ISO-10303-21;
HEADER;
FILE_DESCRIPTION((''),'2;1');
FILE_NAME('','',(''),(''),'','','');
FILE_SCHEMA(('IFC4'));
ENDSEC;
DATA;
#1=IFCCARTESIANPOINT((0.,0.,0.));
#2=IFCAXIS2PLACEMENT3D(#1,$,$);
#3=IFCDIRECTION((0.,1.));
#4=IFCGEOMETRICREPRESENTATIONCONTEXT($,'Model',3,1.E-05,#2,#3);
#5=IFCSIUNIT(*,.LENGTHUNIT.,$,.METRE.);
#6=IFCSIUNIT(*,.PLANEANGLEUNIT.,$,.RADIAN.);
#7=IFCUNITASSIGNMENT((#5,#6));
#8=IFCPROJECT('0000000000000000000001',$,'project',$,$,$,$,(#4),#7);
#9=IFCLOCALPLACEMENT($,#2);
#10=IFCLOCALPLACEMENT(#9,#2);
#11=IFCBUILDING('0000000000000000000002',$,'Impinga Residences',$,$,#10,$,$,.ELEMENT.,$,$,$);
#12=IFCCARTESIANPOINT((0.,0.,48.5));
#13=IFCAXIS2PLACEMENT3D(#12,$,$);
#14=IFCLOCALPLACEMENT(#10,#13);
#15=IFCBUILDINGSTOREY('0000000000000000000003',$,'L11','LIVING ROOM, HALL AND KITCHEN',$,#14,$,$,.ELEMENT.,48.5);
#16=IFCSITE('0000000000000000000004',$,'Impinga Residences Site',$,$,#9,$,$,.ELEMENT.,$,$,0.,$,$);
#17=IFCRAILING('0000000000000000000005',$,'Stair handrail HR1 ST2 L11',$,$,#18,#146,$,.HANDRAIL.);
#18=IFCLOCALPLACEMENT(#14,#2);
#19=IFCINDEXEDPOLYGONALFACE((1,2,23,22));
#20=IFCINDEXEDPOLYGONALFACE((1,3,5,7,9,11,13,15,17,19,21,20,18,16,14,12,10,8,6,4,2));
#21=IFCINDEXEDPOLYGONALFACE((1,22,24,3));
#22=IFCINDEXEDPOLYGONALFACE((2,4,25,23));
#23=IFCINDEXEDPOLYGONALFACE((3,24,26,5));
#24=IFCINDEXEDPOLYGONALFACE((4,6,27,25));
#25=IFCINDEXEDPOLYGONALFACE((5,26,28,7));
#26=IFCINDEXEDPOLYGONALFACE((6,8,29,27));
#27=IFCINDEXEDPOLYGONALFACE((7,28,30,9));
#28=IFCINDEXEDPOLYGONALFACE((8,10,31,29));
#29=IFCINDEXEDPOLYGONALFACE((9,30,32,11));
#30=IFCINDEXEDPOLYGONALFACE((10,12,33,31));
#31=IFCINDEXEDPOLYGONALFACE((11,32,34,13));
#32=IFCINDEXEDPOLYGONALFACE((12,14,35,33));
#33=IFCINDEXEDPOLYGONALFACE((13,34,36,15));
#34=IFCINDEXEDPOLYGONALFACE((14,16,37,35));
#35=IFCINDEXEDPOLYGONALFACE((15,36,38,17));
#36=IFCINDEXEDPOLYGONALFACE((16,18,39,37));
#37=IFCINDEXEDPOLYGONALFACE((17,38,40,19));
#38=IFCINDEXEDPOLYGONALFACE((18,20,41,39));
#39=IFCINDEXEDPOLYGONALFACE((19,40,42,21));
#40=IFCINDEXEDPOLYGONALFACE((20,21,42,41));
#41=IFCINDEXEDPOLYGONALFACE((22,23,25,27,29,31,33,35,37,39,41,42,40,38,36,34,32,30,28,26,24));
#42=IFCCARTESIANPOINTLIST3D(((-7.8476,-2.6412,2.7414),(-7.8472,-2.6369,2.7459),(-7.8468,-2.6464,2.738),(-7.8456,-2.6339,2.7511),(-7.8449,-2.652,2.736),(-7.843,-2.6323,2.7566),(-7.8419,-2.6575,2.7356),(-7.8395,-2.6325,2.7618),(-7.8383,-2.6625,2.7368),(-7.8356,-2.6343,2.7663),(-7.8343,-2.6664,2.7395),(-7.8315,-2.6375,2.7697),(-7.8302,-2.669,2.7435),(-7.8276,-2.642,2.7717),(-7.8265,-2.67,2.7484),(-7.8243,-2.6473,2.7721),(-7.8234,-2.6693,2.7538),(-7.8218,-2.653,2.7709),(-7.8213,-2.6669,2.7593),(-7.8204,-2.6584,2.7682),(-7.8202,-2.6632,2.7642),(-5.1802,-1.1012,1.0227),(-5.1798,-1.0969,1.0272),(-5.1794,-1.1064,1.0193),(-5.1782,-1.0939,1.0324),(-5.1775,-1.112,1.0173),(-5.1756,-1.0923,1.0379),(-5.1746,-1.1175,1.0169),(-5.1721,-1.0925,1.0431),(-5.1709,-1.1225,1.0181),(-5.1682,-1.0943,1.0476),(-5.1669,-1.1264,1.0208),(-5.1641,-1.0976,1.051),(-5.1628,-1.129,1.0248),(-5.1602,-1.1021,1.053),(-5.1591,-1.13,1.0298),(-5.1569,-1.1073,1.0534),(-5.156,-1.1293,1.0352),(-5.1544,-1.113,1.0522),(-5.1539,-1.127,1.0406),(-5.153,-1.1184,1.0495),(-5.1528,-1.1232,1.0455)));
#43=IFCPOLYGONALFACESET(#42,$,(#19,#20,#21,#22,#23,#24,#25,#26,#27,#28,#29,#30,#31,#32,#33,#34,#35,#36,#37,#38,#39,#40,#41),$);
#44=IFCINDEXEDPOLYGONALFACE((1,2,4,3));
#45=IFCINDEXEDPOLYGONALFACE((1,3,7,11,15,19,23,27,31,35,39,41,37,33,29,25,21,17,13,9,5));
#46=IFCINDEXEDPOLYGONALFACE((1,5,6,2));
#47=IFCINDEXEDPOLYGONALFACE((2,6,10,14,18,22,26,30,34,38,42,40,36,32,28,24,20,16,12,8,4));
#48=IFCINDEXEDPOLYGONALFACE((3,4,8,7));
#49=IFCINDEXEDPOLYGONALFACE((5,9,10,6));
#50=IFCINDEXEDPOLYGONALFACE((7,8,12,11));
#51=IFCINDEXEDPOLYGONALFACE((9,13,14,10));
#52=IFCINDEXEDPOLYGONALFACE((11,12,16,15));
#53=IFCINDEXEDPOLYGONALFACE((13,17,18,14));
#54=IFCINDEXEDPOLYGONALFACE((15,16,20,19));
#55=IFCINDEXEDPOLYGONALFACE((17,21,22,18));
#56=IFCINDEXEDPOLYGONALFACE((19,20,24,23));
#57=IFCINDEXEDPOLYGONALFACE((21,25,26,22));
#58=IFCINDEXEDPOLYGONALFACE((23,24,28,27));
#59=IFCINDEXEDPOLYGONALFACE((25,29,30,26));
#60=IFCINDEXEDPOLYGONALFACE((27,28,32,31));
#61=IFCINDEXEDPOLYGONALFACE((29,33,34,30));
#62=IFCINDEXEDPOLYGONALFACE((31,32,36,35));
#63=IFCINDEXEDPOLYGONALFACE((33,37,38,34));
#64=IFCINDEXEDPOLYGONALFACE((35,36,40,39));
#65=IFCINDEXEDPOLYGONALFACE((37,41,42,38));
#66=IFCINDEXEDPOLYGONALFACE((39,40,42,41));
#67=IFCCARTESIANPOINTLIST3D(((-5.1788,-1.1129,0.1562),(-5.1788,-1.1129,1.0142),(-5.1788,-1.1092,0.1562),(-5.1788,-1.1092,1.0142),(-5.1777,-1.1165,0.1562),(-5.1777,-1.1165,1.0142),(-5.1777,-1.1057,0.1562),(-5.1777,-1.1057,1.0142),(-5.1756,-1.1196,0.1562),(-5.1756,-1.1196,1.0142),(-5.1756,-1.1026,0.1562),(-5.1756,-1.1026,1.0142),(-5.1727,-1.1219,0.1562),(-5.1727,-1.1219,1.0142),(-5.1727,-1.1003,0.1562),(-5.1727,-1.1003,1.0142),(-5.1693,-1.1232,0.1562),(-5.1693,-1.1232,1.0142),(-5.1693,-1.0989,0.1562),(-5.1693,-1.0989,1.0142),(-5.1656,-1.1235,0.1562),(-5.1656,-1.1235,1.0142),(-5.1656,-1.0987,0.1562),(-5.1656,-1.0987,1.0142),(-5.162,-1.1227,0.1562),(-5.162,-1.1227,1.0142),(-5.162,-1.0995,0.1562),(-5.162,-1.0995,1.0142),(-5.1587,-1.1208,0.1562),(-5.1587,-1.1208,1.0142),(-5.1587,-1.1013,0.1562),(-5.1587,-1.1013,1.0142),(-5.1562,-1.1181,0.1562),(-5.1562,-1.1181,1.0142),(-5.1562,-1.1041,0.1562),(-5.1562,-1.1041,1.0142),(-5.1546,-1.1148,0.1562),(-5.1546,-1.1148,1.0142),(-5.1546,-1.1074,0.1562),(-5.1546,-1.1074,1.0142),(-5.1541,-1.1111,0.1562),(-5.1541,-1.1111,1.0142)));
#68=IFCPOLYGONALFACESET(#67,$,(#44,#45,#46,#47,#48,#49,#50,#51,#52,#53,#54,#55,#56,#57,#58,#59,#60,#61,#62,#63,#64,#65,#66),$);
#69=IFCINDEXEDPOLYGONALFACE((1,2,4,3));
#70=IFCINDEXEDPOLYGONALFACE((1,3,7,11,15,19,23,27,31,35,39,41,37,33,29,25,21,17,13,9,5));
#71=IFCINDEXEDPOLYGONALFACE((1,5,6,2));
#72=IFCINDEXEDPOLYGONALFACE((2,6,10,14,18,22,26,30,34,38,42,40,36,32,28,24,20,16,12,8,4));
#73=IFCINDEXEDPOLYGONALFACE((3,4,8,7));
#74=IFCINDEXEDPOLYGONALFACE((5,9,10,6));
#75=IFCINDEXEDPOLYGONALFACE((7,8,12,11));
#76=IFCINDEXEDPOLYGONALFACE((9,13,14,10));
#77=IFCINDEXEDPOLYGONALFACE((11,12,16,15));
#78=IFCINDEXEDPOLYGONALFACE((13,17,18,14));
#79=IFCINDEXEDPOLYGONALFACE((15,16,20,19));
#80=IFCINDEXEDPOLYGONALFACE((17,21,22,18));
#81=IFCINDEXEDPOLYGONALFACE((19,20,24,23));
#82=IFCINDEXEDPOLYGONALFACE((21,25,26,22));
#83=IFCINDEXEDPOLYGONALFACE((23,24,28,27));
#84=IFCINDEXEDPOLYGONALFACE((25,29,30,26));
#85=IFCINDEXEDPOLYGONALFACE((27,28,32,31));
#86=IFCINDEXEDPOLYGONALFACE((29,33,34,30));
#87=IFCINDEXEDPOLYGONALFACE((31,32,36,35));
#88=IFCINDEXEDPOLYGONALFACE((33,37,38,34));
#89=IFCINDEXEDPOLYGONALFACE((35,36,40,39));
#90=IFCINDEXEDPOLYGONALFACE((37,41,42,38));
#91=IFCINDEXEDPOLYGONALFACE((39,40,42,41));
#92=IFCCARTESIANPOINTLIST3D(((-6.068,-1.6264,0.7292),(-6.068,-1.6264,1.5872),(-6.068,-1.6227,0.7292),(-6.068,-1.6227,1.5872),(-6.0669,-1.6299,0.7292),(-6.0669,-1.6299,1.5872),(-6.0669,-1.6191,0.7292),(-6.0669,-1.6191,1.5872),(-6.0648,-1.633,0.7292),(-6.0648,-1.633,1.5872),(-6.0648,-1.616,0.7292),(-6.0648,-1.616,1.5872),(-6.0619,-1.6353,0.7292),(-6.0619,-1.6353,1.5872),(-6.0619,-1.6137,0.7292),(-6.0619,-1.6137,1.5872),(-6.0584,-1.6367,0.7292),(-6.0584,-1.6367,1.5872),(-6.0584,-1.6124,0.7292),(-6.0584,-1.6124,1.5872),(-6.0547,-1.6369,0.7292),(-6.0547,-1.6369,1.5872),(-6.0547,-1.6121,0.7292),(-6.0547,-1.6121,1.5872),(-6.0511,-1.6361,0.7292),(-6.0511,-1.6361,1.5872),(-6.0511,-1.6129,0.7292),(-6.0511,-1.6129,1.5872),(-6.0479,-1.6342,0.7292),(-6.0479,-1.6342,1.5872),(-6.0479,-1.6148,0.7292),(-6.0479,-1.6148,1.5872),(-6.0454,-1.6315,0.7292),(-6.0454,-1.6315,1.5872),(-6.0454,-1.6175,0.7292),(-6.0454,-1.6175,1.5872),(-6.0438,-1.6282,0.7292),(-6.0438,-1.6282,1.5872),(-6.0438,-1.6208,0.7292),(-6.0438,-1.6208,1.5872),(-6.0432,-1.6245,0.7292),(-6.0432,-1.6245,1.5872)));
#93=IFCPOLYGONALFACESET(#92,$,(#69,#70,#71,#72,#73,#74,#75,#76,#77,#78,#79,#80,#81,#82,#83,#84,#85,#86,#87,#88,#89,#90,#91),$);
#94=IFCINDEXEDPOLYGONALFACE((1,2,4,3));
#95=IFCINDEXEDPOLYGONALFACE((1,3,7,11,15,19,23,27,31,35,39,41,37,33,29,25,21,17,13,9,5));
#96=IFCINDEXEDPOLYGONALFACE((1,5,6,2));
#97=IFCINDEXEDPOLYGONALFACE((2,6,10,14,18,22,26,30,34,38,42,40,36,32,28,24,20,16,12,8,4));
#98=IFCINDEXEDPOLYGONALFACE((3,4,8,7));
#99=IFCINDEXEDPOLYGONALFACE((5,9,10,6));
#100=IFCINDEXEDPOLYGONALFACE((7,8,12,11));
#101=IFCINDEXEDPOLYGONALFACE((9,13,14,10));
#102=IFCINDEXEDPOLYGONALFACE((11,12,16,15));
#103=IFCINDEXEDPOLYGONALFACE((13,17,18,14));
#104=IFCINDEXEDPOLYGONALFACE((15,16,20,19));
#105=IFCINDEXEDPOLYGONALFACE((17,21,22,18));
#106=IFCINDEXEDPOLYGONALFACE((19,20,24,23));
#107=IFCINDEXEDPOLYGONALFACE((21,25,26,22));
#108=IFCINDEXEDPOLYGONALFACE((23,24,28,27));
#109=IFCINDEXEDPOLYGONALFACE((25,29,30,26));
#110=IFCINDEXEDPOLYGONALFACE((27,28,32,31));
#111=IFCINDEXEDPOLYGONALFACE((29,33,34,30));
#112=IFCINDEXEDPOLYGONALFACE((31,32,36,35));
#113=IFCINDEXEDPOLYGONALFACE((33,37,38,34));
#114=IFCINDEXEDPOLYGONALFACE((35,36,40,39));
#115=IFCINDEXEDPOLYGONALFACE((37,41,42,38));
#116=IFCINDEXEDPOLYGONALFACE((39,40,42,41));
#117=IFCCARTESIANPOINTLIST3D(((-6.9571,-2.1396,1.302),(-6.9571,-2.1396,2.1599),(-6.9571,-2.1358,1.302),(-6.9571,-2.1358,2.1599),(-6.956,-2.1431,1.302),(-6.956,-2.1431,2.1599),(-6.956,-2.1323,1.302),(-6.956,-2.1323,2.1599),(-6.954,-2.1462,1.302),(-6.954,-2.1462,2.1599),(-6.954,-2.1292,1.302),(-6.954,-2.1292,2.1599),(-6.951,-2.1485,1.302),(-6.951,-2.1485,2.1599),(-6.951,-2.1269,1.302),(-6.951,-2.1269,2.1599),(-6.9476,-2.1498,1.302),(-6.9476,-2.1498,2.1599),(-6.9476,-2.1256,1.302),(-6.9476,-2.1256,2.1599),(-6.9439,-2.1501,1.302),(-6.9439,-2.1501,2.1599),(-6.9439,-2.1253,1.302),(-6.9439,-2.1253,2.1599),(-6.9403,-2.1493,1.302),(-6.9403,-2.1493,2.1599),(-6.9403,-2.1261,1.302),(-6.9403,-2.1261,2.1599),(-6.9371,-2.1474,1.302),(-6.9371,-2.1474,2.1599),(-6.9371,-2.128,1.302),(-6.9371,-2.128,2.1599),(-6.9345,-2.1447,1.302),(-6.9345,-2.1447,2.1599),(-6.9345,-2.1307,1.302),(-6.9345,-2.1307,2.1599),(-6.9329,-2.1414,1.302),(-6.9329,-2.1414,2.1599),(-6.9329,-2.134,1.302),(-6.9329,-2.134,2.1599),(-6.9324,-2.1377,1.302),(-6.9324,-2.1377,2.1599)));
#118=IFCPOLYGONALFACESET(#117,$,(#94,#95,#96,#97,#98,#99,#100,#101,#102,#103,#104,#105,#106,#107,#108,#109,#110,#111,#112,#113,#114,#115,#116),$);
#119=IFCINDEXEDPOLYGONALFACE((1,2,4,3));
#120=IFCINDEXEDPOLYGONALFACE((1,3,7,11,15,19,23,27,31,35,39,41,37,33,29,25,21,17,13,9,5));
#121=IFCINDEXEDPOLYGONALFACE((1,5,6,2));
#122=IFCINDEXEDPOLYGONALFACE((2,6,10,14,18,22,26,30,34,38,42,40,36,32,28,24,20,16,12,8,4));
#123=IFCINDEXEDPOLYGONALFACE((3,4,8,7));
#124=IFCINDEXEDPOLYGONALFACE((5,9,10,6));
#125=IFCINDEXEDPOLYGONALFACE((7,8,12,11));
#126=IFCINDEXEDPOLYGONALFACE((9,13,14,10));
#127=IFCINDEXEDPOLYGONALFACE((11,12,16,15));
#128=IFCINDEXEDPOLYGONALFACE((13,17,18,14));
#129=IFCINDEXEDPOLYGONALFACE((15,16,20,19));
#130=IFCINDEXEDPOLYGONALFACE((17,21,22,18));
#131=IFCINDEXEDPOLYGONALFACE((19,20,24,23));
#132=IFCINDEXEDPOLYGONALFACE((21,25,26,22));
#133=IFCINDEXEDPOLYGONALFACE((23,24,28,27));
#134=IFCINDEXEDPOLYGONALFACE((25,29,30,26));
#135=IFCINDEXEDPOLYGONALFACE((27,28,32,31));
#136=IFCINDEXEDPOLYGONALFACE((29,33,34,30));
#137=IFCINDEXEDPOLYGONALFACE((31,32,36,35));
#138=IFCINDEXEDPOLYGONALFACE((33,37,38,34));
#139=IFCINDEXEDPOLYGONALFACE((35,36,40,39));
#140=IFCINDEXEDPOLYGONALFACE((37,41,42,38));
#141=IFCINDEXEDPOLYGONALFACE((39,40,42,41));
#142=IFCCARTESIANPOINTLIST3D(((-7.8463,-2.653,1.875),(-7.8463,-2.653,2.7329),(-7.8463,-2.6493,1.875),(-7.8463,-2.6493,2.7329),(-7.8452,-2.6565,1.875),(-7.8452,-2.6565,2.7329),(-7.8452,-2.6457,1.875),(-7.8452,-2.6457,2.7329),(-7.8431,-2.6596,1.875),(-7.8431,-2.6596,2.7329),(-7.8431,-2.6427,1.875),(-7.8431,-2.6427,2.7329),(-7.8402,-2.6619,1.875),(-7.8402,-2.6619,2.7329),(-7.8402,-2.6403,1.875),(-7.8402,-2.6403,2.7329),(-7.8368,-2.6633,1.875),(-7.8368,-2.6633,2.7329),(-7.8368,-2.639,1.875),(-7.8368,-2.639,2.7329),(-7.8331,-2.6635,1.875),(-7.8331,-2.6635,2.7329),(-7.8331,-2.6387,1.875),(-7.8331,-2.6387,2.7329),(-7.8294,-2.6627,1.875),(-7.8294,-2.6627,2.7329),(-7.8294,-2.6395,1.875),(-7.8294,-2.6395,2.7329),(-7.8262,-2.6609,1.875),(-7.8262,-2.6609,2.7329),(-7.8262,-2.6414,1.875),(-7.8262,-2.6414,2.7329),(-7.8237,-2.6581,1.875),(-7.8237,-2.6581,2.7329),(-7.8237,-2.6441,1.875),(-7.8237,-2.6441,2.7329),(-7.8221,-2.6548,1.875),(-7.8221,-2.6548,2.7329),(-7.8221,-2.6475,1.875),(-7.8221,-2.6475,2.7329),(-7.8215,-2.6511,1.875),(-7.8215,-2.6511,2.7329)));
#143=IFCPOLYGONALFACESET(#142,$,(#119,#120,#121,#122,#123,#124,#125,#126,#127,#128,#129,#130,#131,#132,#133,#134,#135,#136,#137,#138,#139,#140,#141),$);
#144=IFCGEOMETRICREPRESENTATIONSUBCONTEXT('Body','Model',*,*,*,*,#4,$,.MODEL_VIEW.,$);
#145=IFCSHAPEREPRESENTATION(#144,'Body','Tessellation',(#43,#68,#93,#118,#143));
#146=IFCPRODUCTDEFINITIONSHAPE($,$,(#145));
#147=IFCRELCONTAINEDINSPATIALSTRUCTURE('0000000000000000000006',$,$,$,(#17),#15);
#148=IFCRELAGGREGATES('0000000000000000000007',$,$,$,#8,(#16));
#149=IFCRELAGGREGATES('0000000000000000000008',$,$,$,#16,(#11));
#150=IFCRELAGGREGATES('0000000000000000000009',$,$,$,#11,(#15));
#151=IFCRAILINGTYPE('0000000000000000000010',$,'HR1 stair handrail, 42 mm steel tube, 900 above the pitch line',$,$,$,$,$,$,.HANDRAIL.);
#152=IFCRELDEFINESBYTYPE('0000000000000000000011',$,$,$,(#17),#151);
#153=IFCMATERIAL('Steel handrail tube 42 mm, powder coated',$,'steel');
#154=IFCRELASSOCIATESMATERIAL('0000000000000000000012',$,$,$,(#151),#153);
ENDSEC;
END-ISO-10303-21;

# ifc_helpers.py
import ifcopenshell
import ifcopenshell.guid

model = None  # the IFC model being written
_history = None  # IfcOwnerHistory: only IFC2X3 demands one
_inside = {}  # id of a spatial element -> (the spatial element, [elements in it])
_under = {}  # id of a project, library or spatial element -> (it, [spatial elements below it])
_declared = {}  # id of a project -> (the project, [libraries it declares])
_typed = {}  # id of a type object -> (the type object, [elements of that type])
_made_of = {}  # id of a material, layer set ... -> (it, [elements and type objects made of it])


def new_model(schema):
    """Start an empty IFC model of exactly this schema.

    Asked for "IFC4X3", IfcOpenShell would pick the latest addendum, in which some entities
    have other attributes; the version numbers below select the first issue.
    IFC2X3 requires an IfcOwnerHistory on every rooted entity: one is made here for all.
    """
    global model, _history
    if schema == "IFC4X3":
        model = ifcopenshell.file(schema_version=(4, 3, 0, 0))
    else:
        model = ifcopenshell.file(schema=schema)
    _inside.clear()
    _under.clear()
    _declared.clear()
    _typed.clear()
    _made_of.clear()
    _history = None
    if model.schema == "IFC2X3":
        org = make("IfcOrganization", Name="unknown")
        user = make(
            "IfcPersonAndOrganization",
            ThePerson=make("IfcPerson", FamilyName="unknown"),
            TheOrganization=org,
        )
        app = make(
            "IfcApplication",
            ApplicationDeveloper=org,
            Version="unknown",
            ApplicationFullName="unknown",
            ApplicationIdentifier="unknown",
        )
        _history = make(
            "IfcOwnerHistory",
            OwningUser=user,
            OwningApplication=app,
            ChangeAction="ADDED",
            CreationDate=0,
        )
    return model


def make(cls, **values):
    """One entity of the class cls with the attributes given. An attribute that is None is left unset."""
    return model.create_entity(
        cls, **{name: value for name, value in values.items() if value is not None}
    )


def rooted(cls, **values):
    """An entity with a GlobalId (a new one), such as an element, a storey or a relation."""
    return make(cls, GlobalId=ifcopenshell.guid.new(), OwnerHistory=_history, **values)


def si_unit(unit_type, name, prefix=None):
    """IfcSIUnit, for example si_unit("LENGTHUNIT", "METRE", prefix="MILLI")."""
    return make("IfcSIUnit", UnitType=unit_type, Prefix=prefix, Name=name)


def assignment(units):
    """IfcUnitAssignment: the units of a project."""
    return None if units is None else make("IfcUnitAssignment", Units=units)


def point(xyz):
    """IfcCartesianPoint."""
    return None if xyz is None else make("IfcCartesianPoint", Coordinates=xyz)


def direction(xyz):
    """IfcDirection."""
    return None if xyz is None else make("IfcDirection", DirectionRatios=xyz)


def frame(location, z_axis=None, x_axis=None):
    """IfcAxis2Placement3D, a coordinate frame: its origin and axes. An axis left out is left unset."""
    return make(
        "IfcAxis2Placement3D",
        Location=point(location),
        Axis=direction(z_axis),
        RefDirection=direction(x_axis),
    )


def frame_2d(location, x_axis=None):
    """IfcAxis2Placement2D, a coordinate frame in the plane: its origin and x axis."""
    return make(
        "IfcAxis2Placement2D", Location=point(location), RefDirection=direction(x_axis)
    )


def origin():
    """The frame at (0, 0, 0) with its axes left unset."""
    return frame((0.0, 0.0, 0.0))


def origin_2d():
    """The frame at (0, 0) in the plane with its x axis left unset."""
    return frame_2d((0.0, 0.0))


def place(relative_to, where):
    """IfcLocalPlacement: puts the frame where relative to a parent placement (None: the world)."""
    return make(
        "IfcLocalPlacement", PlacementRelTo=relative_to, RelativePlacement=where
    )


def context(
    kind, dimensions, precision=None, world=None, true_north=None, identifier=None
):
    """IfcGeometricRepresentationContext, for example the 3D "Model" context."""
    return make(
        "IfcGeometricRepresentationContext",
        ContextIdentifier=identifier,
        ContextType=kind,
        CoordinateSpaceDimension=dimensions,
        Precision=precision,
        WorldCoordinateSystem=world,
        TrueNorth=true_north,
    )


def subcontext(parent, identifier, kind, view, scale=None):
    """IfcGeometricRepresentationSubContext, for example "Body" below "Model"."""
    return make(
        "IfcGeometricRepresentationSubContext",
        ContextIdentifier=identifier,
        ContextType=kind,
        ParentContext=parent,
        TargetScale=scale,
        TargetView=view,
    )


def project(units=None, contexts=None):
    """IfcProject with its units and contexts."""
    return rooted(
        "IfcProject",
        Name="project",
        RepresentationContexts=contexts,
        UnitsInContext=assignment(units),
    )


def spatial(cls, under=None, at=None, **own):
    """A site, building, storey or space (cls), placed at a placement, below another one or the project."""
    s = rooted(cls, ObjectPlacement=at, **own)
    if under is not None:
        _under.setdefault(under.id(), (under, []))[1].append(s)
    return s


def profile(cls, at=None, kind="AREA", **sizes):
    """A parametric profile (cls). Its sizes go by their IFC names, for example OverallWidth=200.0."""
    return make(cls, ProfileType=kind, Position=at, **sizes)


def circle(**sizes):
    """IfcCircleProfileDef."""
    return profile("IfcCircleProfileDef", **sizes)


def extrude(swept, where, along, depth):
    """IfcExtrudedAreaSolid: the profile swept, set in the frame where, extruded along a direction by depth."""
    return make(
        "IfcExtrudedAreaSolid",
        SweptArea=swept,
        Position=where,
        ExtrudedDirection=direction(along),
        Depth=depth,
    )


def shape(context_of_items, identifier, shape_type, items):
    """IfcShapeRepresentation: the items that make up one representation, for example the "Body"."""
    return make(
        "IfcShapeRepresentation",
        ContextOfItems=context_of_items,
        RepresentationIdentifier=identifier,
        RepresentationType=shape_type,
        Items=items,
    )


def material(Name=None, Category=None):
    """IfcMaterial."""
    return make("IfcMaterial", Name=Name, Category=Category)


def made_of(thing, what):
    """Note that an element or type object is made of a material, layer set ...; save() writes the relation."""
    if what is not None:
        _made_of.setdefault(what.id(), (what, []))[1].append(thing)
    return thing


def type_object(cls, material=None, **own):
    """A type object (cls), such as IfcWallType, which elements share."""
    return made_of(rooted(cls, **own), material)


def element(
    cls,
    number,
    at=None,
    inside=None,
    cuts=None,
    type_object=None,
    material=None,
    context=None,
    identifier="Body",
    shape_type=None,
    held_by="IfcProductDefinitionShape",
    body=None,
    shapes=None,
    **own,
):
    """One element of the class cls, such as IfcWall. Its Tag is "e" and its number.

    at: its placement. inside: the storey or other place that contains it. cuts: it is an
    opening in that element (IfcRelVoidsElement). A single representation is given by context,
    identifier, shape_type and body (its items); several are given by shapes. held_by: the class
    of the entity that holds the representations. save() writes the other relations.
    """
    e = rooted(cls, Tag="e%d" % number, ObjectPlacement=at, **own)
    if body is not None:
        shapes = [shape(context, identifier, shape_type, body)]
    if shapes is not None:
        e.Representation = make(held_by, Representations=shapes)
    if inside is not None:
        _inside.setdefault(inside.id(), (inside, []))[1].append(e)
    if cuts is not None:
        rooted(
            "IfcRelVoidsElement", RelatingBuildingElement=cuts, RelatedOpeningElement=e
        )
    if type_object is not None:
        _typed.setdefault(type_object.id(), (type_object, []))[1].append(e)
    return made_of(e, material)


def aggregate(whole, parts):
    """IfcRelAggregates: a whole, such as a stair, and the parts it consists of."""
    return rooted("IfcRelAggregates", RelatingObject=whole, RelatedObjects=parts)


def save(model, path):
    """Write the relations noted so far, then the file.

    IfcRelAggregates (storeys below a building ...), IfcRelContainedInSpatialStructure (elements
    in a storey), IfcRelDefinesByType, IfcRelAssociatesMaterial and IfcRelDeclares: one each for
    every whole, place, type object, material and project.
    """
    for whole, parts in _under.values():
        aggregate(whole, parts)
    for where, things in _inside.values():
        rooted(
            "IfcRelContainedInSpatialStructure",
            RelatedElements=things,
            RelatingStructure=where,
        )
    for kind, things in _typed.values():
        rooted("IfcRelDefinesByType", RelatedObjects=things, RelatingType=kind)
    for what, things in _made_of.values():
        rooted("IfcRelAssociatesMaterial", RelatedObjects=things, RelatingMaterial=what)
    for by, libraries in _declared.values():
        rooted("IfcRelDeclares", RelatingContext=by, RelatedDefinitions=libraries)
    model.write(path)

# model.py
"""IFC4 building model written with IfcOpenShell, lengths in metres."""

from ifc_helpers import new_model, si_unit, direction, frame, origin, origin_2d, place, context, subcontext, project, spatial, circle, extrude, material, type_object, element, save


model = new_model("IFC4")

# Units and contexts
model_context = context("Model", 3, precision=1e-05, world=origin(), true_north=direction((0.0, 1.0)))
body_context = subcontext(model_context, "Body", "Model", "MODEL_VIEW")
ifc_project = project(units=[si_unit("LENGTHUNIT", "METRE"), si_unit("PLANEANGLEUNIT", "RADIAN")], contexts=[model_context])

# Site, building, storey
site_placement = place(None, origin())
site = spatial("IfcSite", under=ifc_project, at=site_placement, Name="Impinga Residences Site", CompositionType="ELEMENT", RefElevation=0.0)
building_placement = place(site_placement, origin())
building = spatial("IfcBuilding", under=site, at=building_placement, Name="Impinga Residences", CompositionType="ELEMENT")
storey_placement = place(building_placement, frame((0.0, 0.0, 48.5)))
storey = spatial("IfcBuildingStorey", under=building, at=storey_placement, Name="L11", Description="LIVING ROOM, HALL AND KITCHEN", CompositionType="ELEMENT", Elevation=48.5)

# Railing
ifc_material_1 = material(Name="Steel handrail tube 42 mm, powder coated", Category="steel")
railing_type = type_object("IfcRailingType", Name="HR1 stair handrail, 42 mm steel tube, 900 above the pitch line", PredefinedType="HANDRAIL", material=ifc_material_1)
railing_placement = place(storey_placement, frame((-5.1665, -1.1111, 0.1562)))
element("IfcRailing", 1, at=railing_placement, inside=storey, type_object=railing_type, Name="Stair handrail HR1 ST2 L11", PredefinedType="HANDRAIL", context=body_context, shape_type="SweptSolid", body=[
    extrude(circle(Radius=0.021, at=origin_2d()), frame((0.0, 0.0, 0.8789), z_axis=(-0.756256, -0.436616, 0.487282), x_axis=(0.499992, -0.86603, 0.0)), (0.0, 0.0, 1.0), 3.5271),
    extrude(circle(Radius=0.0125, at=origin_2d()), origin(), (0.0, 0.0, 1.0), 0.8579),
    extrude(circle(Radius=0.0125, at=origin_2d()), frame((-0.8892, -0.5134, 0.573)), (0.0, 0.0, 1.0), 0.8579),
    extrude(circle(Radius=0.0125, at=origin_2d()), frame((-1.7783, -1.0266, 1.1458)), (0.0, 0.0, 1.0), 0.8579),
    extrude(circle(Radius=0.0125, at=origin_2d()), frame((-2.6675, -1.54, 1.7188)), (0.0, 0.0, 1.0), 0.8579),
])

save(model, "model.ifc")
